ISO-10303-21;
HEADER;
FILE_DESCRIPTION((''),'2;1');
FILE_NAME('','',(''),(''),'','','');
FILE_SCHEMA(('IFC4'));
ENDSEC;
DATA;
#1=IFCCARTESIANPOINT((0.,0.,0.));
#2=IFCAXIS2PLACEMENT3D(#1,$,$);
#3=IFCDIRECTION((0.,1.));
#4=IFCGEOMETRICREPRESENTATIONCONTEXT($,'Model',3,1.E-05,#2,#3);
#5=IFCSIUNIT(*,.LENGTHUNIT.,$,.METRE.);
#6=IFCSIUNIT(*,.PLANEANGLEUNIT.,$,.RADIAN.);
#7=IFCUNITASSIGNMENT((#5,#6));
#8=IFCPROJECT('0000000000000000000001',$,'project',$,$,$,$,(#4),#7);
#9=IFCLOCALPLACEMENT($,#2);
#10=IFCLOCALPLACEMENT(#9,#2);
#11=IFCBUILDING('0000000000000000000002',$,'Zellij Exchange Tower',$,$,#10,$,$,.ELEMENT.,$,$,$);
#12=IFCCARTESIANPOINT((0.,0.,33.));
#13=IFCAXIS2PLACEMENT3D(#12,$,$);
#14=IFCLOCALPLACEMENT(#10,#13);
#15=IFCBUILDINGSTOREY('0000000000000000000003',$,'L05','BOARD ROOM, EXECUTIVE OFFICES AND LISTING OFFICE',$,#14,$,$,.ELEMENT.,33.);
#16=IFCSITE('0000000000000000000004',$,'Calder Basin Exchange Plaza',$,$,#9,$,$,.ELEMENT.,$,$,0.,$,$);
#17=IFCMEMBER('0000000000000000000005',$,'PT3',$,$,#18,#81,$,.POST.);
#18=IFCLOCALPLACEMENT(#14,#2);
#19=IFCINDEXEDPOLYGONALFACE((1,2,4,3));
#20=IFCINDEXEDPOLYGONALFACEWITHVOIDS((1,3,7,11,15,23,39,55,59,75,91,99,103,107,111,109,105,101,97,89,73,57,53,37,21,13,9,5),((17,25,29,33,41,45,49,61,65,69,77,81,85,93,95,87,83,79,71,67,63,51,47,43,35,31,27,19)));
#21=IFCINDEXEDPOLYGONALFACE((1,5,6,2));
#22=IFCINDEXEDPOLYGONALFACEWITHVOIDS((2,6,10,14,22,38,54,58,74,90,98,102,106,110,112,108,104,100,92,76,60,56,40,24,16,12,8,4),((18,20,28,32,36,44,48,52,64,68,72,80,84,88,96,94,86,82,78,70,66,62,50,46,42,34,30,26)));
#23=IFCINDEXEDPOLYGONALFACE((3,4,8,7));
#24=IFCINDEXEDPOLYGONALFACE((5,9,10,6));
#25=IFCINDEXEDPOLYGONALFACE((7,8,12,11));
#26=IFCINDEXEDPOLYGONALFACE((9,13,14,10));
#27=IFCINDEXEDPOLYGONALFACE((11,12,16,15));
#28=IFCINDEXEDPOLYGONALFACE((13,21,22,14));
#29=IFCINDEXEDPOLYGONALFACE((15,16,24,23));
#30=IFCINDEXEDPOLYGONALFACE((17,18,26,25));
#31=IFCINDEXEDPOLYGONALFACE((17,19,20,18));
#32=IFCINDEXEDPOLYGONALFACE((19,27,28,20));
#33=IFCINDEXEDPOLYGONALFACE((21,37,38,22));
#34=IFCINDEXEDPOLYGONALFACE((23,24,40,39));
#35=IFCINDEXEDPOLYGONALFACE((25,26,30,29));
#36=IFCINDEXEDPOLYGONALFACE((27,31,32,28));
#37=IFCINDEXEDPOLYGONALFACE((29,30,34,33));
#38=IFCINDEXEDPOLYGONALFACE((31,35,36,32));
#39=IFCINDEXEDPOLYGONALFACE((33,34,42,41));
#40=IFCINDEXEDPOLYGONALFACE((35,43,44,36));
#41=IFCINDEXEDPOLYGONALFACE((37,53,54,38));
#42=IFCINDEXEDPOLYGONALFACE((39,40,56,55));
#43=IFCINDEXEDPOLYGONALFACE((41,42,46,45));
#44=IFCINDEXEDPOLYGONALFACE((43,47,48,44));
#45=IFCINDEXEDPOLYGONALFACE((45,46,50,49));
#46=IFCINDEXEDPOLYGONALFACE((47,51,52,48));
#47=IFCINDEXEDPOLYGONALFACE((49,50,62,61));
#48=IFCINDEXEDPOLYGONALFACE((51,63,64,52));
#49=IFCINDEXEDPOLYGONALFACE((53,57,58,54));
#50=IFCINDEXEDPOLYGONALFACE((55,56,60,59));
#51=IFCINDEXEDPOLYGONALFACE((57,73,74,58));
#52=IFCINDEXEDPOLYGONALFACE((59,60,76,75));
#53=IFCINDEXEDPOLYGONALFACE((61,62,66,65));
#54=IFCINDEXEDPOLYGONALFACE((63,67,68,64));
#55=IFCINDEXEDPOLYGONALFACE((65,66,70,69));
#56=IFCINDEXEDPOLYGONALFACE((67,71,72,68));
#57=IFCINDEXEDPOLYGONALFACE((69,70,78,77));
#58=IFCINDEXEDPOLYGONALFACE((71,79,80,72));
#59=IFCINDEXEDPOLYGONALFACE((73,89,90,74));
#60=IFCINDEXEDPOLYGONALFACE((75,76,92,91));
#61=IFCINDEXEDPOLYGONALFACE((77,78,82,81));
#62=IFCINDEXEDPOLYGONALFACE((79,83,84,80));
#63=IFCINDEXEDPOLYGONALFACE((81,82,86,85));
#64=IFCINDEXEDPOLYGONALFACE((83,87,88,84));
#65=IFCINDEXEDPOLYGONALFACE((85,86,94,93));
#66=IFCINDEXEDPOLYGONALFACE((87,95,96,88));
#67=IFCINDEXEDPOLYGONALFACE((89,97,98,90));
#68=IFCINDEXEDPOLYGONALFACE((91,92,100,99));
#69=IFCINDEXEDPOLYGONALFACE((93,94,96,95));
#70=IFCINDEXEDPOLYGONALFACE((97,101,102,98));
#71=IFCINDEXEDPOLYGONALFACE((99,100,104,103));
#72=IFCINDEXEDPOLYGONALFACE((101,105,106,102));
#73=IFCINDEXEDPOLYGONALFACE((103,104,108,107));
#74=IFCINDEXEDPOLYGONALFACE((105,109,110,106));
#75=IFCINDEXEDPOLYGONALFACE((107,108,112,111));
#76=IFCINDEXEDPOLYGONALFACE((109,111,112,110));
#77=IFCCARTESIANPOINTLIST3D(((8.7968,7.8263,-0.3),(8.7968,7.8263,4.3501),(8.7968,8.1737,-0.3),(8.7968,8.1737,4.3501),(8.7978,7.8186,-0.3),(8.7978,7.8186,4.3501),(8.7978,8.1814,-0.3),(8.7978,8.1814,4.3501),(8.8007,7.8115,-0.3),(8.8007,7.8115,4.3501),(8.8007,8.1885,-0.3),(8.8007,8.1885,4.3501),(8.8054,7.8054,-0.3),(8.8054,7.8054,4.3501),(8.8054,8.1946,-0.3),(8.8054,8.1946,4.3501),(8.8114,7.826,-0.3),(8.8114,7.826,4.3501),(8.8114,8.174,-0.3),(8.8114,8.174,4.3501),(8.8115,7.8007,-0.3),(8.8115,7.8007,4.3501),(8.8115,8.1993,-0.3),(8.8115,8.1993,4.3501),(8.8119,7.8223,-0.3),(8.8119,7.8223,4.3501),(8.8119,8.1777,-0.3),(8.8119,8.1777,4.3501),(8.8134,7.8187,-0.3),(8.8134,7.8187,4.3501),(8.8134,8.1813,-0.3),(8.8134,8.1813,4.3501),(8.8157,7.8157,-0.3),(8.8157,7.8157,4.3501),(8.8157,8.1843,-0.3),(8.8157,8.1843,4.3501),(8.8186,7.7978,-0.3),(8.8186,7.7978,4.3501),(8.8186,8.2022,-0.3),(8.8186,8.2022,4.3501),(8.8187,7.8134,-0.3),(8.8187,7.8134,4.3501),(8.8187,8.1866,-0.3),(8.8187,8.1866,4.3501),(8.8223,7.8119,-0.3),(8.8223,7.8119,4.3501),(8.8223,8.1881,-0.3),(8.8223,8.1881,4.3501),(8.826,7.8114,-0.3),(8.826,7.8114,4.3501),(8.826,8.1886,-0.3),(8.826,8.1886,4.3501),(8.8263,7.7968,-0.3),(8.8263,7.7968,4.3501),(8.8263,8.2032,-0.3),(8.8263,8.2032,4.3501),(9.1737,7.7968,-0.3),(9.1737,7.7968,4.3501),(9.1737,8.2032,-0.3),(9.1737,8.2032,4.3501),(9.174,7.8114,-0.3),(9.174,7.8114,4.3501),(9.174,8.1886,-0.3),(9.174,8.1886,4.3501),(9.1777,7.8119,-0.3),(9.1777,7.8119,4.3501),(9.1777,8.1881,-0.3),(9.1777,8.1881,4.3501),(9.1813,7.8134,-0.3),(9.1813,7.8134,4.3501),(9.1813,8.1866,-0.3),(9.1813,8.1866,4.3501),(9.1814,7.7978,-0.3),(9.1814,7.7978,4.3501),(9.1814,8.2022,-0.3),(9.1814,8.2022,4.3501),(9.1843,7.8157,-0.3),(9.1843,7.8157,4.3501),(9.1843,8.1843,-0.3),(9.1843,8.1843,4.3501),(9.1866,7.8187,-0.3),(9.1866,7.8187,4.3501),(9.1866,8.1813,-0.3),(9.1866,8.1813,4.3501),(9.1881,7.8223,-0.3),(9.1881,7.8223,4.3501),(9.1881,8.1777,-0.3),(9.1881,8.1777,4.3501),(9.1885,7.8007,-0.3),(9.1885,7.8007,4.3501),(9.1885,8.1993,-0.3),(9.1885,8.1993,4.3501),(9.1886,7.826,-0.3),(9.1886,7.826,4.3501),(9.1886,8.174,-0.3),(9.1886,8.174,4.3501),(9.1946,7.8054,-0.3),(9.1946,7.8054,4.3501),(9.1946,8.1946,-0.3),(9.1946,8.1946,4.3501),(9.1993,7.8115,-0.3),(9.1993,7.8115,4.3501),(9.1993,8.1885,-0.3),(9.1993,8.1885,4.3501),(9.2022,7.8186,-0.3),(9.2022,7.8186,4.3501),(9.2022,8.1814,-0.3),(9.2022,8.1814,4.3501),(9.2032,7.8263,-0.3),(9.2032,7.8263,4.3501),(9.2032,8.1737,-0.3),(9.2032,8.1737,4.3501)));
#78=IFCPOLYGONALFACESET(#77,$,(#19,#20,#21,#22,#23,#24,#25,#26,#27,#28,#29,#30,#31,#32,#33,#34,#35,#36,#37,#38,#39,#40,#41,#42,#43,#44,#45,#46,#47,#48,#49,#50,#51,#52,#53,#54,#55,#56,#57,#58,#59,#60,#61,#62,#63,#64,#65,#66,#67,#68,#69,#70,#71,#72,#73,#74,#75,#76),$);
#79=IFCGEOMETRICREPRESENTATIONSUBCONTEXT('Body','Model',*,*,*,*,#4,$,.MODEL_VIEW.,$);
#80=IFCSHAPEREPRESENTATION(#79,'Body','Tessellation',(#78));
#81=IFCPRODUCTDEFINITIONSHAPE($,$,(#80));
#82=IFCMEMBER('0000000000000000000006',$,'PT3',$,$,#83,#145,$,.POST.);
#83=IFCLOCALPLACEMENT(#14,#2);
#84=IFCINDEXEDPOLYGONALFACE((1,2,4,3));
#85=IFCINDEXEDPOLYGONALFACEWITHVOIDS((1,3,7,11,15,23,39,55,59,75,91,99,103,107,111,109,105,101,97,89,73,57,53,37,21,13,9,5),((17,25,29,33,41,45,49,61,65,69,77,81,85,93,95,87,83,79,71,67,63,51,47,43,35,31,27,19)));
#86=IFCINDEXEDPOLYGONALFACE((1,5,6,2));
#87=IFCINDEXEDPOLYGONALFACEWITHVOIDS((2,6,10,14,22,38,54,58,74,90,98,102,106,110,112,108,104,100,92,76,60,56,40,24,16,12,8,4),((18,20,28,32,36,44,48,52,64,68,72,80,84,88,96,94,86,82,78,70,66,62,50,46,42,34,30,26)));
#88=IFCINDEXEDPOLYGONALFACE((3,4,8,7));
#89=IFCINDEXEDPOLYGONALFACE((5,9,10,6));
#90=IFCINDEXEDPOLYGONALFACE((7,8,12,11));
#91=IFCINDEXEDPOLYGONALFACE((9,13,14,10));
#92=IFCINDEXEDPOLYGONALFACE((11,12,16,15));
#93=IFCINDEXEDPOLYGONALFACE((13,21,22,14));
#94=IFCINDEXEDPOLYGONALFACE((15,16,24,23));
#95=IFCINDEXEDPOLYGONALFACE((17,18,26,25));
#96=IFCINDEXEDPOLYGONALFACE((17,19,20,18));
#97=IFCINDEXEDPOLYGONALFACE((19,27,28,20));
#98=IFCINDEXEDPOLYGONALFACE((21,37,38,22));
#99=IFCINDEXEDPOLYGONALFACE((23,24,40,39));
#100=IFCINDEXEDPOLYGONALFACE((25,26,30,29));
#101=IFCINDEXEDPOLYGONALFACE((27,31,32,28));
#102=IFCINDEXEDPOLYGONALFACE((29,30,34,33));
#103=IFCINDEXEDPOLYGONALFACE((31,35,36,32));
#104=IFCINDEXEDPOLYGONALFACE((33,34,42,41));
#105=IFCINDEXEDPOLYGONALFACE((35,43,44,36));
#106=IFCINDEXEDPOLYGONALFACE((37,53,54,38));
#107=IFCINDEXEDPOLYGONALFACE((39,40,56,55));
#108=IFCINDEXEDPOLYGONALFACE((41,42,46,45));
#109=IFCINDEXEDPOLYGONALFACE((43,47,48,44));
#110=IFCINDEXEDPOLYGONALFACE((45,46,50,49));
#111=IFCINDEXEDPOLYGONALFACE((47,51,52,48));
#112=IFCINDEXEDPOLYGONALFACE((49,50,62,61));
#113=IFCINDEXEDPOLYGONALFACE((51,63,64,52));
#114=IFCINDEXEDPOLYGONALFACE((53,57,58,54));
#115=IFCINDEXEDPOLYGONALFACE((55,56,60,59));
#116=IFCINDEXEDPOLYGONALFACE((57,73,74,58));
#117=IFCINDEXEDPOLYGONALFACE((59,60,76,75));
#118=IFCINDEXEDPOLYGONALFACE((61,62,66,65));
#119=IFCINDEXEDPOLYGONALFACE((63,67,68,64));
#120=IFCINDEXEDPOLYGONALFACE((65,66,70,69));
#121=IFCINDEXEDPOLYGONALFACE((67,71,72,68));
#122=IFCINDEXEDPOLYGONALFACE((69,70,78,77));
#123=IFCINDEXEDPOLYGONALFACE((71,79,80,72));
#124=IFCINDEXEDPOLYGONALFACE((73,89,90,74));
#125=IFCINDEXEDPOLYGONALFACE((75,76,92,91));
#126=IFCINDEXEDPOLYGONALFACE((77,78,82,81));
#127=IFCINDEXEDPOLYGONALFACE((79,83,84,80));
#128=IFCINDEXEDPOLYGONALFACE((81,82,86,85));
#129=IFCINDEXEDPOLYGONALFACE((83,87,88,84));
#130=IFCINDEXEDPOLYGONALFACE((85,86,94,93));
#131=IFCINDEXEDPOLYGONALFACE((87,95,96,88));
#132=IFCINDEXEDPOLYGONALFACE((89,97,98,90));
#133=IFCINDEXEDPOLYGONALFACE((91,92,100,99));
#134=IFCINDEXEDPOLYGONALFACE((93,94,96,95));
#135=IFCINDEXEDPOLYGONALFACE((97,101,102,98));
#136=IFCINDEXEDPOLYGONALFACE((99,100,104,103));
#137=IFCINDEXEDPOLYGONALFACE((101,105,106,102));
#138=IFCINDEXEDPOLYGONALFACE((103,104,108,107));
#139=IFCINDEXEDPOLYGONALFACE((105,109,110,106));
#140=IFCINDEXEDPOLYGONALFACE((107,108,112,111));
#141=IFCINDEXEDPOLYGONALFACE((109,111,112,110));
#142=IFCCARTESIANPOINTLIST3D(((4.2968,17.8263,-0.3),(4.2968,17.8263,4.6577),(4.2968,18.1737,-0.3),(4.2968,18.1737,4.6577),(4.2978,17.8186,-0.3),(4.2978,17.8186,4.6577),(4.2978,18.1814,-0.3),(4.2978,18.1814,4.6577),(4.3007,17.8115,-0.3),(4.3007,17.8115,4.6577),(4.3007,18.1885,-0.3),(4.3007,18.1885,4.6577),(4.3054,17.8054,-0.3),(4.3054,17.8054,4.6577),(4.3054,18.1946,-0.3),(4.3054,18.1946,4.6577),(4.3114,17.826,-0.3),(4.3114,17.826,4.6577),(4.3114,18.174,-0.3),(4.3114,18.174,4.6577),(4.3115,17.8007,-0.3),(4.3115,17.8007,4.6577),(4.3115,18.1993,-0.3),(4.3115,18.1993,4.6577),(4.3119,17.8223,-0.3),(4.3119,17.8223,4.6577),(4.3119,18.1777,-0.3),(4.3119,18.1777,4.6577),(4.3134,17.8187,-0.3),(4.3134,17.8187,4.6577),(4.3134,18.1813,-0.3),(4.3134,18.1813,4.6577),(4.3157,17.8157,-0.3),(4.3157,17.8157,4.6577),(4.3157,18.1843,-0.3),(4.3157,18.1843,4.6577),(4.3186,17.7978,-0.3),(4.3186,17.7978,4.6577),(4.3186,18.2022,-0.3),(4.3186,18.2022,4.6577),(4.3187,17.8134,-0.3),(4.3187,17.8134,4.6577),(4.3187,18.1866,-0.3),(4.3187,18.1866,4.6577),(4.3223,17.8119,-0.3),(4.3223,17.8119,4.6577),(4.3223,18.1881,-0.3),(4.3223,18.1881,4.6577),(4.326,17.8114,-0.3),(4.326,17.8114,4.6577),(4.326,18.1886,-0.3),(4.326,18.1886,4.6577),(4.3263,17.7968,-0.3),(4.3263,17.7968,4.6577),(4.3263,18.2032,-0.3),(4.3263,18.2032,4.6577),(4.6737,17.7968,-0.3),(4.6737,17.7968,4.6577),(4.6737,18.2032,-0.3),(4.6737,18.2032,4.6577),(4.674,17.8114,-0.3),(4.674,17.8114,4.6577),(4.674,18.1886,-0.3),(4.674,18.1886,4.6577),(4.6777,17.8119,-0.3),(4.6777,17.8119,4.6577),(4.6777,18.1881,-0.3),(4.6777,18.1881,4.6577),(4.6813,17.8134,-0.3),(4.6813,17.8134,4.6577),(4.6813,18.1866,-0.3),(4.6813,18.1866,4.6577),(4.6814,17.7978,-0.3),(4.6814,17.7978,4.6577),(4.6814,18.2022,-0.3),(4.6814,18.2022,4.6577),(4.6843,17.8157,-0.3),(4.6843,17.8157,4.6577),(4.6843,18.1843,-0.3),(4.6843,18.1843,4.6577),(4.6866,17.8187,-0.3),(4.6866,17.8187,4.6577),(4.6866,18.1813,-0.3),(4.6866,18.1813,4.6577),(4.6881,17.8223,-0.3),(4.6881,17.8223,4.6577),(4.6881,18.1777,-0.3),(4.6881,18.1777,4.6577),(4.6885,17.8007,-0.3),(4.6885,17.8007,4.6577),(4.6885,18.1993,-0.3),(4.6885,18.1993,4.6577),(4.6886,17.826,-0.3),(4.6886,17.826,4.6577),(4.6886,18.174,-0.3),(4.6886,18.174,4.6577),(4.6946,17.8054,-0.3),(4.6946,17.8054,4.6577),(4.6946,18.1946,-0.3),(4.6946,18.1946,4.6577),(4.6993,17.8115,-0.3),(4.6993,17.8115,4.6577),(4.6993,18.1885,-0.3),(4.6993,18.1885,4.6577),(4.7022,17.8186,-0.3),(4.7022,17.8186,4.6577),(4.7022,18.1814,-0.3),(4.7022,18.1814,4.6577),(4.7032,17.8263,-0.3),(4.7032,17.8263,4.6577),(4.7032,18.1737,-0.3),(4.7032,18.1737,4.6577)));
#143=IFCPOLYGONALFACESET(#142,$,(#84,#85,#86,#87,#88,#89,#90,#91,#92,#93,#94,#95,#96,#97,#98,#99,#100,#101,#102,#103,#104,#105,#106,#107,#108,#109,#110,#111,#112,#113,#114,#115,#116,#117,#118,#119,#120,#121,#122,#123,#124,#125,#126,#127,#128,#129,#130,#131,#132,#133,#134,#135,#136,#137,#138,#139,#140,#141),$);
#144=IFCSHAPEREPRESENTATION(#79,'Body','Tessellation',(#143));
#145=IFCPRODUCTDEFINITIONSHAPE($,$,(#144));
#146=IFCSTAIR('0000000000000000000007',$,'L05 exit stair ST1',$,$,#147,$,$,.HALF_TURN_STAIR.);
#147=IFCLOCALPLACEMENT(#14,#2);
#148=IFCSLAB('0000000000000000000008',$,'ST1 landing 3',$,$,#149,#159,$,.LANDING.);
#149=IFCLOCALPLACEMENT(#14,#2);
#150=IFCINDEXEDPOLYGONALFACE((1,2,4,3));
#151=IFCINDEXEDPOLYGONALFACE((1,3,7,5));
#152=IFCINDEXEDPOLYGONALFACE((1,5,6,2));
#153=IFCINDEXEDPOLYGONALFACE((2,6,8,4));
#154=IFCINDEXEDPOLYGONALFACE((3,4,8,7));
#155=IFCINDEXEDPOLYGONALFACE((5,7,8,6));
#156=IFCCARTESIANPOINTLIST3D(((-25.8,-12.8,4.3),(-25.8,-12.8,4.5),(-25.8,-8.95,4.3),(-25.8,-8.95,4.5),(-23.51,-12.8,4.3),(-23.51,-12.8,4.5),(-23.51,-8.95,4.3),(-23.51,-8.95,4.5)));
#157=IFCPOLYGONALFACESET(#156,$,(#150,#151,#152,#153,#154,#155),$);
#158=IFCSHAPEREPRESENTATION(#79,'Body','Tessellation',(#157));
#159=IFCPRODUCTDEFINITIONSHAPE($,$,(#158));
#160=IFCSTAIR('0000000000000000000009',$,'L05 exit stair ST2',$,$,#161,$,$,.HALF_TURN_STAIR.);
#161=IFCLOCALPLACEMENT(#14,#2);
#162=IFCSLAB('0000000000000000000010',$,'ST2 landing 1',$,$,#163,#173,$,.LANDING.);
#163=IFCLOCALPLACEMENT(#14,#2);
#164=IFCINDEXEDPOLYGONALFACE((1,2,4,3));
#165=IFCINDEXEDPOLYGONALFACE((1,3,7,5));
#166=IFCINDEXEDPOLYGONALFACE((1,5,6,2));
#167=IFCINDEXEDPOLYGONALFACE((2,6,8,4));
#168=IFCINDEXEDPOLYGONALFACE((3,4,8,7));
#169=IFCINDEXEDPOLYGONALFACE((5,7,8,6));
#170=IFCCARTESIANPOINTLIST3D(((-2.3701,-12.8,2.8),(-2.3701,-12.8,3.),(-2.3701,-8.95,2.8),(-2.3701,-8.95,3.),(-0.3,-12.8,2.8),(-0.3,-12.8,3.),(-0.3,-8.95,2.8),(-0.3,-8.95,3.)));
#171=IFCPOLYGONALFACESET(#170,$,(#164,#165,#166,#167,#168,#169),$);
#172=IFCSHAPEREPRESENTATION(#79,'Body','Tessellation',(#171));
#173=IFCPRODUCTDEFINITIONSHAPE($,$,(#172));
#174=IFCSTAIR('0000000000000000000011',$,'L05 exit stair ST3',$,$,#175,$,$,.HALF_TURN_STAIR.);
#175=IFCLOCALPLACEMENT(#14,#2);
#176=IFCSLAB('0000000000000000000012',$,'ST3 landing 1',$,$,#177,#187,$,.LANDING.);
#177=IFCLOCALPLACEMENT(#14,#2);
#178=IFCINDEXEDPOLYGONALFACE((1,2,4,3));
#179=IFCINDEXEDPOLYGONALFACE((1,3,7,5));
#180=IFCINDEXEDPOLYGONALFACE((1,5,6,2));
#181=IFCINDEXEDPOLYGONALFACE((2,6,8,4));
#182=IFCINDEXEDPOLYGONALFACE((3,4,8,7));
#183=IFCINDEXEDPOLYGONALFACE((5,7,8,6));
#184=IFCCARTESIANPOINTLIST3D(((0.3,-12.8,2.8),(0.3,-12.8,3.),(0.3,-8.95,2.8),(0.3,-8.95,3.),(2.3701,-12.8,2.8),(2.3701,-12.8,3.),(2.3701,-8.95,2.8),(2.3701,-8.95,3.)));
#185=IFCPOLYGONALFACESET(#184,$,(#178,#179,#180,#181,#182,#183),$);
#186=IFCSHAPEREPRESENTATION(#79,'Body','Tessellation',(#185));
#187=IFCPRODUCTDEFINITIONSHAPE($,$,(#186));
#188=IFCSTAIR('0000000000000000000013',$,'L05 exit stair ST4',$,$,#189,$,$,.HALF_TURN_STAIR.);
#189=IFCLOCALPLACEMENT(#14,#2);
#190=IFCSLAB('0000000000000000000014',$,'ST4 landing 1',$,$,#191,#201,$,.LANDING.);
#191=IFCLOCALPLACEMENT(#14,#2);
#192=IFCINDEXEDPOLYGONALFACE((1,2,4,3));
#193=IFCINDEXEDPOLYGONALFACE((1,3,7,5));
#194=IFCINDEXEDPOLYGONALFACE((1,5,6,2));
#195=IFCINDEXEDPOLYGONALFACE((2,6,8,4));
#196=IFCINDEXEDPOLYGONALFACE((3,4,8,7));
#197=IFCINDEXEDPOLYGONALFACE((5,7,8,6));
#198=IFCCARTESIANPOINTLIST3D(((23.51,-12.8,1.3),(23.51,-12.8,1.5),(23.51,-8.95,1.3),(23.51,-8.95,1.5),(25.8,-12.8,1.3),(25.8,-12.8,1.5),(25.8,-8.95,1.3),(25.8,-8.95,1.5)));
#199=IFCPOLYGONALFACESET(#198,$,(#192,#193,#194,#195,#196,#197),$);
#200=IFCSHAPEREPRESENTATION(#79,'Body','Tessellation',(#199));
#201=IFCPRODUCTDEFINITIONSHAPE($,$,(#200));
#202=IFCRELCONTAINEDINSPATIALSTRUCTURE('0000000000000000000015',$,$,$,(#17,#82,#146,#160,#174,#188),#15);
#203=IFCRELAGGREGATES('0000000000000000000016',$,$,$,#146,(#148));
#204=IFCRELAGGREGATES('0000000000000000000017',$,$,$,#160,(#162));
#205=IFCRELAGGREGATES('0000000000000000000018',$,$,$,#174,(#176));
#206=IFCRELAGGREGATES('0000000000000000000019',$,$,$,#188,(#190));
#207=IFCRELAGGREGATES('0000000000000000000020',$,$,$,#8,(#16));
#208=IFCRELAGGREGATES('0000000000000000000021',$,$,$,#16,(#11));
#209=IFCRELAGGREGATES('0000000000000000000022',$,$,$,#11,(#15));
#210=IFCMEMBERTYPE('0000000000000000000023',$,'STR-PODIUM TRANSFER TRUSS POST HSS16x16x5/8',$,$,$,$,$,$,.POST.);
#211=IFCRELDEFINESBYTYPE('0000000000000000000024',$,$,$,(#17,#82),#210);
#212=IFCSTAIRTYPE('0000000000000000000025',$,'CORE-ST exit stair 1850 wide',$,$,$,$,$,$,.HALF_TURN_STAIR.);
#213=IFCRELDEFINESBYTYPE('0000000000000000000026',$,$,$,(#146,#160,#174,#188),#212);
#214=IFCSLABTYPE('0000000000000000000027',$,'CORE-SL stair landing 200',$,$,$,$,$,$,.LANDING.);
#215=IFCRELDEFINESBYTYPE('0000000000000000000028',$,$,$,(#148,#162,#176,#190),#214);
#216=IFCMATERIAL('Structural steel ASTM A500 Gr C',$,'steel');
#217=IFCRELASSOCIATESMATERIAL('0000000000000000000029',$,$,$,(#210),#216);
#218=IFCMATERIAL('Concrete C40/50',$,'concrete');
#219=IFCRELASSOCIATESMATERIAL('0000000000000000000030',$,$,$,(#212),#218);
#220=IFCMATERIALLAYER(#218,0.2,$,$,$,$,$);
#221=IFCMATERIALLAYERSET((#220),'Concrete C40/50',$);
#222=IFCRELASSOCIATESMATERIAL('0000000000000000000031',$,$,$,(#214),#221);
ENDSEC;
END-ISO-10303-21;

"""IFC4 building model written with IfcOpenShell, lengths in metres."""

from ifc_helpers import new_model, si_unit, direction, frame, origin, origin_2d, place, context, subcontext, project, spatial, polyline, hollow_rectangle, outline, extrude, material, layer, layer_set, material_profile, profile_set, type_object, element, aggregate, save


model = new_model("IFC4")

# Units and contexts
model_context = context("Model", 3, precision=1e-05, world=origin(), true_north=direction((0.0, 1.0)))
body_context = subcontext(model_context, "Body", "Model", "MODEL_VIEW")
ifc_project = project(units=[si_unit("LENGTHUNIT", "METRE"), si_unit("PLANEANGLEUNIT", "RADIAN")], contexts=[model_context])

# Site, building, storey
site_placement = place(None, origin())
site = spatial("IfcSite", under=ifc_project, at=site_placement, Name="Calder Basin Exchange Plaza", CompositionType="ELEMENT", RefElevation=0.0)
building_placement = place(site_placement, origin())
building = spatial("IfcBuilding", under=site, at=building_placement, Name="Zellij Exchange Tower", CompositionType="ELEMENT")
storey_placement = place(building_placement, frame((0.0, 0.0, 33.0)))
storey = spatial("IfcBuildingStorey", under=building, at=storey_placement, Name="L05", Description="BOARD ROOM, EXECUTIVE OFFICES AND LISTING OFFICE", CompositionType="ELEMENT", Elevation=33.0)

# Members
ifc_material_1 = material(Name="Structural steel ASTM A500 Gr C", Category="steel")
ifc_material_profile_1 = material_profile(ifc_material_1, hollow_rectangle(XDim=0.4065, YDim=0.4065, WallThickness=0.0146, InnerFilletRadius=0.0146, OuterFilletRadius=0.0295, at=origin_2d()), Name="STR-PODIUM TRANSFER TRUSS POST HSS16x16x5/8")
ifc_profile_set_1 = profile_set([ifc_material_profile_1], Name="Structural steel ASTM A500 Gr C")
member_type_1 = type_object("IfcMemberType", Name="STR-PODIUM TRANSFER TRUSS POST HSS16x16x5/8", PredefinedType="POST", material=ifc_profile_set_1)
for number, where, z_axis, x_axis, name in (
    (1, (9.0, 8.0, -0.3), (0.0, 0.0, 1.0), (1.0, 0.0, 0.0), "PT3"),
):
    element("IfcMember", number, at=place(storey_placement, frame(where, z_axis=z_axis, x_axis=x_axis)), inside=storey, type_object=member_type_1, Name=name, PredefinedType="POST", context=body_context, shape_type="SweptSolid", body=[
        extrude(hollow_rectangle(XDim=0.4065, YDim=0.4065, WallThickness=0.0146, InnerFilletRadius=0.0146, OuterFilletRadius=0.0295, at=origin_2d()), origin(), (0.0, 0.0, 1.0), 4.6501),
    ])
member_placement = place(storey_placement, frame((4.5, 18.0, -0.3), z_axis=(0.0, 0.0, 1.0), x_axis=(1.0, 0.0, 0.0)))
element("IfcMember", 2, at=member_placement, inside=storey, type_object=member_type_1, Name="PT3", PredefinedType="POST", context=body_context, shape_type="SweptSolid", body=[
    extrude(hollow_rectangle(XDim=0.4065, YDim=0.4065, WallThickness=0.0146, InnerFilletRadius=0.0146, OuterFilletRadius=0.0295, at=origin_2d()), origin(), (0.0, 0.0, 1.0), 4.9578),
])

# Stairs, slabs
ifc_material_2 = material(Name="Concrete C40/50", Category="concrete")
stair_type = type_object("IfcStairType", Name="CORE-ST exit stair 1850 wide", PredefinedType="HALF_TURN_STAIR", material=ifc_material_2)
stair_1_placement = place(storey_placement, origin())
stair_1 = element("IfcStair", 3, at=stair_1_placement, inside=storey, type_object=stair_type, Name="L05 exit stair ST1", PredefinedType="HALF_TURN_STAIR")
ifc_layer_1 = layer(ifc_material_2, 0.2)
ifc_layer_set_1 = layer_set([ifc_layer_1], Name="Concrete C40/50")
slab_type = type_object("IfcSlabType", Name="CORE-SL stair landing 200", PredefinedType="LANDING", material=ifc_layer_set_1)
slab_1_placement = place(storey_placement, frame((0.0, 0.0, 4.3)))
slab_1 = element("IfcSlab", 4, at=slab_1_placement, type_object=slab_type, Name="ST1 landing 3", PredefinedType="LANDING", context=body_context, shape_type="SweptSolid", body=[
    extrude(outline(polyline([(-23.51, -8.95), (-25.8, -8.95), (-25.8, -12.8), (-23.51, -12.8), (-23.51, -8.95)])), origin(), (0.0, 0.0, 1.0), 0.2),
])
aggregate(stair_1, [slab_1])
stair_2_placement = place(storey_placement, origin())
stair_2 = element("IfcStair", 5, at=stair_2_placement, inside=storey, type_object=stair_type, Name="L05 exit stair ST2", PredefinedType="HALF_TURN_STAIR")
slab_2_placement = place(storey_placement, frame((0.0, 0.0, 2.8)))
slab_2 = element("IfcSlab", 6, at=slab_2_placement, type_object=slab_type, Name="ST2 landing 1", PredefinedType="LANDING", context=body_context, shape_type="SweptSolid", body=[
    extrude(outline(polyline([(-2.3701, -12.8), (-0.3, -12.8), (-0.3, -8.95), (-2.3701, -8.95), (-2.3701, -12.8)])), origin(), (0.0, 0.0, 1.0), 0.2),
])
aggregate(stair_2, [slab_2])
stair_3_placement = place(storey_placement, origin())
stair_3 = element("IfcStair", 7, at=stair_3_placement, inside=storey, type_object=stair_type, Name="L05 exit stair ST3", PredefinedType="HALF_TURN_STAIR")
slab_3_placement = place(storey_placement, frame((0.0, 0.0, 2.8)))
slab_3 = element("IfcSlab", 8, at=slab_3_placement, type_object=slab_type, Name="ST3 landing 1", PredefinedType="LANDING", context=body_context, shape_type="SweptSolid", body=[
    extrude(outline(polyline([(2.3701, -8.95), (0.3, -8.95), (0.3, -12.8), (2.3701, -12.8), (2.3701, -8.95)])), origin(), (0.0, 0.0, 1.0), 0.2),
])
aggregate(stair_3, [slab_3])

# Stair, slab
stair_4_placement = place(storey_placement, origin())
stair_4 = element("IfcStair", 9, at=stair_4_placement, inside=storey, type_object=stair_type, Name="L05 exit stair ST4", PredefinedType="HALF_TURN_STAIR")
slab_4_placement = place(storey_placement, frame((0.0, 0.0, 1.3)))
slab_4 = element("IfcSlab", 10, at=slab_4_placement, type_object=slab_type, Name="ST4 landing 1", PredefinedType="LANDING", context=body_context, shape_type="SweptSolid", body=[
    extrude(outline(polyline([(23.51, -12.8), (25.8, -12.8), (25.8, -8.95), (23.51, -8.95), (23.51, -12.8)])), origin(), (0.0, 0.0, 1.0), 0.2),
])
aggregate(stair_4, [slab_4])

save(model, "model.ifc")
